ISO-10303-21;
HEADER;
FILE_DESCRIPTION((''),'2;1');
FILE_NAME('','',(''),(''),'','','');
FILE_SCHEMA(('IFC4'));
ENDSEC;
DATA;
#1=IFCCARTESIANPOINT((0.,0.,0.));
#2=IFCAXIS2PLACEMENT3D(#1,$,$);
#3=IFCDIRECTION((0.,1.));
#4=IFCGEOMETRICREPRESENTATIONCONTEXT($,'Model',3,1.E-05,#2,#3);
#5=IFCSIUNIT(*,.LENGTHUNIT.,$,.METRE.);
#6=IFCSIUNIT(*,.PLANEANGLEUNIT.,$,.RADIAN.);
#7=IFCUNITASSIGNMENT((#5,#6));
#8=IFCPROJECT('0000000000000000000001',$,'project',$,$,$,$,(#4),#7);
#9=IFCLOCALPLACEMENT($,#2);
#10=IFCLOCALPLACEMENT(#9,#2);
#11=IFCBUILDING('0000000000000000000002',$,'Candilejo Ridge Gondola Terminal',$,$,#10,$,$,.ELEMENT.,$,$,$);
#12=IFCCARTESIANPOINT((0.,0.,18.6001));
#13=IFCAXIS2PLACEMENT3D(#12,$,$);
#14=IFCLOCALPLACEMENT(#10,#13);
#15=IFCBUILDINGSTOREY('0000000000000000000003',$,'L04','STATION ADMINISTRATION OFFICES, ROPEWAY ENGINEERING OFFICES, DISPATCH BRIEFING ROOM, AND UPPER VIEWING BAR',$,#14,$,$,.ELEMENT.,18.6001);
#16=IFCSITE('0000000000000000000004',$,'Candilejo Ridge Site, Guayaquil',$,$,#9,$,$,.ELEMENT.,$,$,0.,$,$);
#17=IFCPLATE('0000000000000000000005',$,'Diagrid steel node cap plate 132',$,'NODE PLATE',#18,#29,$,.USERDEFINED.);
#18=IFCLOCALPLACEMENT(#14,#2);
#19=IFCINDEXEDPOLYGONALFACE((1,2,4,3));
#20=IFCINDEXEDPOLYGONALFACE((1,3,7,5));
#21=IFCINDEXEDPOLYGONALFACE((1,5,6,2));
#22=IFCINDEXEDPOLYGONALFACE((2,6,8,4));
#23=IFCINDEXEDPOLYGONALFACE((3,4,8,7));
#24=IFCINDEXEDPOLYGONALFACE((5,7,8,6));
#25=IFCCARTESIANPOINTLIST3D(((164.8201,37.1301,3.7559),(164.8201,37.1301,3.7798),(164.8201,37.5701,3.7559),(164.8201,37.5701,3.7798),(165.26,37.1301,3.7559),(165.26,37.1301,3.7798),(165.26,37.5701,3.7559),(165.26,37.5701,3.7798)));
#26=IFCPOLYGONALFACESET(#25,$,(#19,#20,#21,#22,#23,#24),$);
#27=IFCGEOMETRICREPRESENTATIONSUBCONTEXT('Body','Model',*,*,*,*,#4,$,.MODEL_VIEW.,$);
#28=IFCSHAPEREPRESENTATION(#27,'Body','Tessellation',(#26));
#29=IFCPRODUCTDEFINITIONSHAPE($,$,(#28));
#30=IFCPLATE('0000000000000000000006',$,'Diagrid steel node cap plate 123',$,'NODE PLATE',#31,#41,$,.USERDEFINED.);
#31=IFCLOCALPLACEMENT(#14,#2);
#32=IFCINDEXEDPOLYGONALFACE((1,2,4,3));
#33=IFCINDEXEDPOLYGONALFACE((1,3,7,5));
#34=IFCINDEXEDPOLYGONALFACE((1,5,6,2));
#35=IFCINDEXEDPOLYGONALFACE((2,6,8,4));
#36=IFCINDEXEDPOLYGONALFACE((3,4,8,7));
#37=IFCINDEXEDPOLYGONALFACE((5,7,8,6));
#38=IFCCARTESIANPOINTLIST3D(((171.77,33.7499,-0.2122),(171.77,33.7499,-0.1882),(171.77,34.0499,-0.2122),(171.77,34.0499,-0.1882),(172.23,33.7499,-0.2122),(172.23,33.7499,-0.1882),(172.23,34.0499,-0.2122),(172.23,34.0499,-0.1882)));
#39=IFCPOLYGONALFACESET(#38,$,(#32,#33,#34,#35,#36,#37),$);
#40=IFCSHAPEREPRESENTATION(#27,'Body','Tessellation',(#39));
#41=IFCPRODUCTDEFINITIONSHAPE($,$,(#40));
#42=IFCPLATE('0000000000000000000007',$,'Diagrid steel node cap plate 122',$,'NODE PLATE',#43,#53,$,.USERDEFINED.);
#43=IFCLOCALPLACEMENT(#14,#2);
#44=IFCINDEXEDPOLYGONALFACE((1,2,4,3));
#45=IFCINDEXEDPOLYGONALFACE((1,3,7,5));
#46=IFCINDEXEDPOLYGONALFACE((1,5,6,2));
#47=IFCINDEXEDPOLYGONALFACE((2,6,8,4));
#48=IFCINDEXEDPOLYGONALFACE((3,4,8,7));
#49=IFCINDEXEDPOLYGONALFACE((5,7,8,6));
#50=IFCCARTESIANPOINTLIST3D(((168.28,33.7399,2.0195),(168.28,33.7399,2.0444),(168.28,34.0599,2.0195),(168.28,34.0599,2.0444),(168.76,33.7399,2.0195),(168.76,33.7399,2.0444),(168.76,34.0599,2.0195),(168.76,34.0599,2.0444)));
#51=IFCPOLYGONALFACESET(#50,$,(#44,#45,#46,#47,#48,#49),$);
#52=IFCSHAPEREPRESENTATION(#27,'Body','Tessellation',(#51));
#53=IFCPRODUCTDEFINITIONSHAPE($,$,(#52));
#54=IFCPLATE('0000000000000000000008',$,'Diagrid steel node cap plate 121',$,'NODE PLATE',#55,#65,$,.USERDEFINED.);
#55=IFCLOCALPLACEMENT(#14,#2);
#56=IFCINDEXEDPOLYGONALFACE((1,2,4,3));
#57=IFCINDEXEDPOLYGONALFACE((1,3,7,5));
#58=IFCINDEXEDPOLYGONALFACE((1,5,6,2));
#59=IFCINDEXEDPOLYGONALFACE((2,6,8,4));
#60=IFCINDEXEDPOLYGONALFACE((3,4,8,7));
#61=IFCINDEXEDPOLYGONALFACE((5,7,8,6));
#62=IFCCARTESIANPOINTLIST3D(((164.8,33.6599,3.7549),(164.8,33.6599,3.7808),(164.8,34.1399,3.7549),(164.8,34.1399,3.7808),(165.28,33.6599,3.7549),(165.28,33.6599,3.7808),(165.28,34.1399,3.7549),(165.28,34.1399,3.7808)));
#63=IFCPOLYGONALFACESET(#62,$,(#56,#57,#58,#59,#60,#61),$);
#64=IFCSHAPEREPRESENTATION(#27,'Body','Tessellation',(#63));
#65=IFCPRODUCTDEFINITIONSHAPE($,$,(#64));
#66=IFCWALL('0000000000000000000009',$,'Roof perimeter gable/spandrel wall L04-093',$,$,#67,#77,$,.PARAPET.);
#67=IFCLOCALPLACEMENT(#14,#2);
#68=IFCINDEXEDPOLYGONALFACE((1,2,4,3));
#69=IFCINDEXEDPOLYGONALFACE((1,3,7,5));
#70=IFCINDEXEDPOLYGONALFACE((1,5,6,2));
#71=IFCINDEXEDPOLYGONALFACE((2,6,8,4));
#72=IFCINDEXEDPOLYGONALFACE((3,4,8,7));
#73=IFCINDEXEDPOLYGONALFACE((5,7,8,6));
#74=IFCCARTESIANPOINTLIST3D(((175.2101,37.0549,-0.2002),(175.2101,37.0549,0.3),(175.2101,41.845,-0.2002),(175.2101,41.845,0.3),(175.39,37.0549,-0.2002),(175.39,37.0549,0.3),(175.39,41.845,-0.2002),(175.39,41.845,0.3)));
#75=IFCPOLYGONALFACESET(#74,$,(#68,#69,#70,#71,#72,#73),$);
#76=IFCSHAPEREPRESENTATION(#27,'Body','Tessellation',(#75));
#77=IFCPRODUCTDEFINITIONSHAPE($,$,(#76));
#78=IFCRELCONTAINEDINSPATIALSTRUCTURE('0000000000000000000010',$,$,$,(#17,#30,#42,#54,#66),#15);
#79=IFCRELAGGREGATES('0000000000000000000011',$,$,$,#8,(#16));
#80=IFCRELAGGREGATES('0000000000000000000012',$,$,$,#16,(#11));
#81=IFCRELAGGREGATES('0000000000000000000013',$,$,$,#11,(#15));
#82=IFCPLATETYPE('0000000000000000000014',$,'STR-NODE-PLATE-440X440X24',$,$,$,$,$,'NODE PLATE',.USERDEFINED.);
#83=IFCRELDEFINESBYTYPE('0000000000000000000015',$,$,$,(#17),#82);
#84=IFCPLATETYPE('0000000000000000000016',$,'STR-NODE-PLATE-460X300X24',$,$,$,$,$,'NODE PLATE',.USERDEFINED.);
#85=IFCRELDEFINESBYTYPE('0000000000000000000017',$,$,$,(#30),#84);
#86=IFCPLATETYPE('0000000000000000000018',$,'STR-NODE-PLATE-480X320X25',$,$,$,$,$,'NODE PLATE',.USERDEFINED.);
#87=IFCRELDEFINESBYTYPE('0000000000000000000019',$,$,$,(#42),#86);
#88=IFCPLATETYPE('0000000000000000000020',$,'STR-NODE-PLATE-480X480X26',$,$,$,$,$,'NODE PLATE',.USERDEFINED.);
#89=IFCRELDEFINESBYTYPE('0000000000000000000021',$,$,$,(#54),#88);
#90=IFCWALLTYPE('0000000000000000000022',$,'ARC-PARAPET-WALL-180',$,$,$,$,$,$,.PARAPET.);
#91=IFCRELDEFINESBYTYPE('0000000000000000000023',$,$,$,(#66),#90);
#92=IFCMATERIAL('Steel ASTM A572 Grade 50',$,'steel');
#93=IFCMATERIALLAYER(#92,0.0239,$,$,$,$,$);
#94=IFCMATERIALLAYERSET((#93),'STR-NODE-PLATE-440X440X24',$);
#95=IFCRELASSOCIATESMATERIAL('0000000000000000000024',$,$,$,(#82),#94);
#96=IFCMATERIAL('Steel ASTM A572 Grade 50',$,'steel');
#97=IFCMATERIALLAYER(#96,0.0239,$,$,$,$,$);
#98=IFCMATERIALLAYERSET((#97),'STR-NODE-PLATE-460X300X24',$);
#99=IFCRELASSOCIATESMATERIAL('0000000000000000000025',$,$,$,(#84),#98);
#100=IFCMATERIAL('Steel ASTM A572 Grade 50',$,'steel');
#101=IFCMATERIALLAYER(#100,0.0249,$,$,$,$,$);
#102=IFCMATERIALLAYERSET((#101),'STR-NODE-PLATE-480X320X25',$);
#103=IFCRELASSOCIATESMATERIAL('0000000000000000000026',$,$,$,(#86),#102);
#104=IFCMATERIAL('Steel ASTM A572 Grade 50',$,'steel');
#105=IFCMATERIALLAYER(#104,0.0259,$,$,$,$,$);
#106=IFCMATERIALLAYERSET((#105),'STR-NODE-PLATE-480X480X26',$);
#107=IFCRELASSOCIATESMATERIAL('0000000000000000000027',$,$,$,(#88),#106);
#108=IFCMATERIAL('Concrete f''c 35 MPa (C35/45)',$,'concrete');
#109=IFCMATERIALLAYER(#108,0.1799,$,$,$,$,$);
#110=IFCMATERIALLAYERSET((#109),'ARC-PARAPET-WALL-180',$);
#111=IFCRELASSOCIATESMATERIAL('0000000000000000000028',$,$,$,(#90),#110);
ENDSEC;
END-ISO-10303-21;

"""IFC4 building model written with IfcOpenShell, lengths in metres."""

from ifc_helpers import new_model, si_unit, direction, frame, frame_2d, origin, origin_2d, place, context, subcontext, project, spatial, rectangle, extrude, material, layer, layer_set, type_object, element, save


model = new_model("IFC4")

# Units and contexts
model_context = context("Model", 3, precision=1e-05, world=origin(), true_north=direction((0.0, 1.0)))
body_context = subcontext(model_context, "Body", "Model", "MODEL_VIEW")
ifc_project = project(units=[si_unit("LENGTHUNIT", "METRE"), si_unit("PLANEANGLEUNIT", "RADIAN")], contexts=[model_context])

# Site, building, storey
site_placement = place(None, origin())
site = spatial("IfcSite", under=ifc_project, at=site_placement, Name="Candilejo Ridge Site, Guayaquil", CompositionType="ELEMENT", RefElevation=0.0)
building_placement = place(site_placement, origin())
building = spatial("IfcBuilding", under=site, at=building_placement, Name="Candilejo Ridge Gondola Terminal", CompositionType="ELEMENT")
storey_placement = place(building_placement, frame((0.0, 0.0, 18.6001)))
storey = spatial("IfcBuildingStorey", under=building, at=storey_placement, Name="L04", Description="STATION ADMINISTRATION OFFICES, ROPEWAY ENGINEERING OFFICES, DISPATCH BRIEFING ROOM, AND UPPER VIEWING BAR", CompositionType="ELEMENT", Elevation=18.6001)

# Plates
ifc_material_1 = material(Name="Steel ASTM A572 Grade 50", Category="steel")
ifc_layer_1 = layer(ifc_material_1, 0.0239)
ifc_layer_set_1 = layer_set([ifc_layer_1], Name="STR-NODE-PLATE-440X440X24")
plate_type_1 = type_object("IfcPlateType", Name="STR-NODE-PLATE-440X440X24", ElementType="NODE PLATE", PredefinedType="USERDEFINED", material=ifc_layer_set_1)
plate_1_placement = place(storey_placement, frame((165.04, 37.3501, 3.7559), z_axis=(0.0, 0.0, 1.0), x_axis=(1.0, 0.0, 0.0)))
element("IfcPlate", 1, at=plate_1_placement, inside=storey, type_object=plate_type_1, Name="Diagrid steel node cap plate 132", ObjectType="NODE PLATE", PredefinedType="USERDEFINED", context=body_context, shape_type="SweptSolid", body=[
    extrude(rectangle(XDim=0.4399, YDim=0.4399, at=origin_2d()), origin(), (0.0, 0.0, 1.0), 0.0239),
])
ifc_material_2 = material(Name="Steel ASTM A572 Grade 50", Category="steel")
ifc_layer_2 = layer(ifc_material_2, 0.0239)
ifc_layer_set_2 = layer_set([ifc_layer_2], Name="STR-NODE-PLATE-460X300X24")
plate_type_2 = type_object("IfcPlateType", Name="STR-NODE-PLATE-460X300X24", ElementType="NODE PLATE", PredefinedType="USERDEFINED", material=ifc_layer_set_2)
plate_2_placement = place(storey_placement, frame((172.0, 33.8999, -0.2122), z_axis=(0.0, 0.0, 1.0), x_axis=(1.0, 0.0, 0.0)))
element("IfcPlate", 2, at=plate_2_placement, inside=storey, type_object=plate_type_2, Name="Diagrid steel node cap plate 123", ObjectType="NODE PLATE", PredefinedType="USERDEFINED", context=body_context, shape_type="SweptSolid", body=[
    extrude(rectangle(XDim=0.46, YDim=0.3, at=origin_2d()), origin(), (0.0, 0.0, 1.0), 0.0239),
])
ifc_material_3 = material(Name="Steel ASTM A572 Grade 50", Category="steel")
ifc_layer_3 = layer(ifc_material_3, 0.0249)
ifc_layer_set_3 = layer_set([ifc_layer_3], Name="STR-NODE-PLATE-480X320X25")
plate_type_3 = type_object("IfcPlateType", Name="STR-NODE-PLATE-480X320X25", ElementType="NODE PLATE", PredefinedType="USERDEFINED", material=ifc_layer_set_3)
plate_3_placement = place(storey_placement, frame((168.52, 33.8999, 2.0195), z_axis=(0.0, 0.0, 1.0), x_axis=(1.0, 0.0, 0.0)))
element("IfcPlate", 3, at=plate_3_placement, inside=storey, type_object=plate_type_3, Name="Diagrid steel node cap plate 122", ObjectType="NODE PLATE", PredefinedType="USERDEFINED", context=body_context, shape_type="SweptSolid", body=[
    extrude(rectangle(XDim=0.48, YDim=0.3201, at=origin_2d()), origin(), (0.0, 0.0, 1.0), 0.0249),
])
ifc_material_4 = material(Name="Steel ASTM A572 Grade 50", Category="steel")
ifc_layer_4 = layer(ifc_material_4, 0.0259)
ifc_layer_set_4 = layer_set([ifc_layer_4], Name="STR-NODE-PLATE-480X480X26")
plate_type_4 = type_object("IfcPlateType", Name="STR-NODE-PLATE-480X480X26", ElementType="NODE PLATE", PredefinedType="USERDEFINED", material=ifc_layer_set_4)
plate_4_placement = place(storey_placement, frame((165.04, 33.8999, 3.7549), z_axis=(0.0, 0.0, 1.0), x_axis=(1.0, 0.0, 0.0)))
element("IfcPlate", 4, at=plate_4_placement, inside=storey, type_object=plate_type_4, Name="Diagrid steel node cap plate 121", ObjectType="NODE PLATE", PredefinedType="USERDEFINED", context=body_context, shape_type="SweptSolid", body=[
    extrude(rectangle(XDim=0.48, YDim=0.48, at=origin_2d()), origin(), (0.0, 0.0, 1.0), 0.0259),
])

# Wall
ifc_material_5 = material(Name="Concrete f'c 35 MPa (C35/45)", Category="concrete")
ifc_layer_5 = layer(ifc_material_5, 0.1799)
ifc_layer_set_5 = layer_set([ifc_layer_5], Name="ARC-PARAPET-WALL-180")
wall_type = type_object("IfcWallType", Name="ARC-PARAPET-WALL-180", PredefinedType="PARAPET", material=ifc_layer_set_5)
wall_placement = place(storey_placement, frame((175.3, 37.0549, -0.2002), z_axis=(0.0, 0.0, 1.0), x_axis=(0.0, 1.0, 0.0)))
element("IfcWall", 5, at=wall_placement, inside=storey, type_object=wall_type, Name="Roof perimeter gable/spandrel wall L04-093", PredefinedType="PARAPET", context=body_context, shape_type="SweptSolid", body=[
    extrude(rectangle(XDim=4.79, YDim=0.1799, at=frame_2d((2.395, 0.0))), origin(), (0.0, 0.0, 1.0), 0.5002),
])

save(model, "model.ifc")
